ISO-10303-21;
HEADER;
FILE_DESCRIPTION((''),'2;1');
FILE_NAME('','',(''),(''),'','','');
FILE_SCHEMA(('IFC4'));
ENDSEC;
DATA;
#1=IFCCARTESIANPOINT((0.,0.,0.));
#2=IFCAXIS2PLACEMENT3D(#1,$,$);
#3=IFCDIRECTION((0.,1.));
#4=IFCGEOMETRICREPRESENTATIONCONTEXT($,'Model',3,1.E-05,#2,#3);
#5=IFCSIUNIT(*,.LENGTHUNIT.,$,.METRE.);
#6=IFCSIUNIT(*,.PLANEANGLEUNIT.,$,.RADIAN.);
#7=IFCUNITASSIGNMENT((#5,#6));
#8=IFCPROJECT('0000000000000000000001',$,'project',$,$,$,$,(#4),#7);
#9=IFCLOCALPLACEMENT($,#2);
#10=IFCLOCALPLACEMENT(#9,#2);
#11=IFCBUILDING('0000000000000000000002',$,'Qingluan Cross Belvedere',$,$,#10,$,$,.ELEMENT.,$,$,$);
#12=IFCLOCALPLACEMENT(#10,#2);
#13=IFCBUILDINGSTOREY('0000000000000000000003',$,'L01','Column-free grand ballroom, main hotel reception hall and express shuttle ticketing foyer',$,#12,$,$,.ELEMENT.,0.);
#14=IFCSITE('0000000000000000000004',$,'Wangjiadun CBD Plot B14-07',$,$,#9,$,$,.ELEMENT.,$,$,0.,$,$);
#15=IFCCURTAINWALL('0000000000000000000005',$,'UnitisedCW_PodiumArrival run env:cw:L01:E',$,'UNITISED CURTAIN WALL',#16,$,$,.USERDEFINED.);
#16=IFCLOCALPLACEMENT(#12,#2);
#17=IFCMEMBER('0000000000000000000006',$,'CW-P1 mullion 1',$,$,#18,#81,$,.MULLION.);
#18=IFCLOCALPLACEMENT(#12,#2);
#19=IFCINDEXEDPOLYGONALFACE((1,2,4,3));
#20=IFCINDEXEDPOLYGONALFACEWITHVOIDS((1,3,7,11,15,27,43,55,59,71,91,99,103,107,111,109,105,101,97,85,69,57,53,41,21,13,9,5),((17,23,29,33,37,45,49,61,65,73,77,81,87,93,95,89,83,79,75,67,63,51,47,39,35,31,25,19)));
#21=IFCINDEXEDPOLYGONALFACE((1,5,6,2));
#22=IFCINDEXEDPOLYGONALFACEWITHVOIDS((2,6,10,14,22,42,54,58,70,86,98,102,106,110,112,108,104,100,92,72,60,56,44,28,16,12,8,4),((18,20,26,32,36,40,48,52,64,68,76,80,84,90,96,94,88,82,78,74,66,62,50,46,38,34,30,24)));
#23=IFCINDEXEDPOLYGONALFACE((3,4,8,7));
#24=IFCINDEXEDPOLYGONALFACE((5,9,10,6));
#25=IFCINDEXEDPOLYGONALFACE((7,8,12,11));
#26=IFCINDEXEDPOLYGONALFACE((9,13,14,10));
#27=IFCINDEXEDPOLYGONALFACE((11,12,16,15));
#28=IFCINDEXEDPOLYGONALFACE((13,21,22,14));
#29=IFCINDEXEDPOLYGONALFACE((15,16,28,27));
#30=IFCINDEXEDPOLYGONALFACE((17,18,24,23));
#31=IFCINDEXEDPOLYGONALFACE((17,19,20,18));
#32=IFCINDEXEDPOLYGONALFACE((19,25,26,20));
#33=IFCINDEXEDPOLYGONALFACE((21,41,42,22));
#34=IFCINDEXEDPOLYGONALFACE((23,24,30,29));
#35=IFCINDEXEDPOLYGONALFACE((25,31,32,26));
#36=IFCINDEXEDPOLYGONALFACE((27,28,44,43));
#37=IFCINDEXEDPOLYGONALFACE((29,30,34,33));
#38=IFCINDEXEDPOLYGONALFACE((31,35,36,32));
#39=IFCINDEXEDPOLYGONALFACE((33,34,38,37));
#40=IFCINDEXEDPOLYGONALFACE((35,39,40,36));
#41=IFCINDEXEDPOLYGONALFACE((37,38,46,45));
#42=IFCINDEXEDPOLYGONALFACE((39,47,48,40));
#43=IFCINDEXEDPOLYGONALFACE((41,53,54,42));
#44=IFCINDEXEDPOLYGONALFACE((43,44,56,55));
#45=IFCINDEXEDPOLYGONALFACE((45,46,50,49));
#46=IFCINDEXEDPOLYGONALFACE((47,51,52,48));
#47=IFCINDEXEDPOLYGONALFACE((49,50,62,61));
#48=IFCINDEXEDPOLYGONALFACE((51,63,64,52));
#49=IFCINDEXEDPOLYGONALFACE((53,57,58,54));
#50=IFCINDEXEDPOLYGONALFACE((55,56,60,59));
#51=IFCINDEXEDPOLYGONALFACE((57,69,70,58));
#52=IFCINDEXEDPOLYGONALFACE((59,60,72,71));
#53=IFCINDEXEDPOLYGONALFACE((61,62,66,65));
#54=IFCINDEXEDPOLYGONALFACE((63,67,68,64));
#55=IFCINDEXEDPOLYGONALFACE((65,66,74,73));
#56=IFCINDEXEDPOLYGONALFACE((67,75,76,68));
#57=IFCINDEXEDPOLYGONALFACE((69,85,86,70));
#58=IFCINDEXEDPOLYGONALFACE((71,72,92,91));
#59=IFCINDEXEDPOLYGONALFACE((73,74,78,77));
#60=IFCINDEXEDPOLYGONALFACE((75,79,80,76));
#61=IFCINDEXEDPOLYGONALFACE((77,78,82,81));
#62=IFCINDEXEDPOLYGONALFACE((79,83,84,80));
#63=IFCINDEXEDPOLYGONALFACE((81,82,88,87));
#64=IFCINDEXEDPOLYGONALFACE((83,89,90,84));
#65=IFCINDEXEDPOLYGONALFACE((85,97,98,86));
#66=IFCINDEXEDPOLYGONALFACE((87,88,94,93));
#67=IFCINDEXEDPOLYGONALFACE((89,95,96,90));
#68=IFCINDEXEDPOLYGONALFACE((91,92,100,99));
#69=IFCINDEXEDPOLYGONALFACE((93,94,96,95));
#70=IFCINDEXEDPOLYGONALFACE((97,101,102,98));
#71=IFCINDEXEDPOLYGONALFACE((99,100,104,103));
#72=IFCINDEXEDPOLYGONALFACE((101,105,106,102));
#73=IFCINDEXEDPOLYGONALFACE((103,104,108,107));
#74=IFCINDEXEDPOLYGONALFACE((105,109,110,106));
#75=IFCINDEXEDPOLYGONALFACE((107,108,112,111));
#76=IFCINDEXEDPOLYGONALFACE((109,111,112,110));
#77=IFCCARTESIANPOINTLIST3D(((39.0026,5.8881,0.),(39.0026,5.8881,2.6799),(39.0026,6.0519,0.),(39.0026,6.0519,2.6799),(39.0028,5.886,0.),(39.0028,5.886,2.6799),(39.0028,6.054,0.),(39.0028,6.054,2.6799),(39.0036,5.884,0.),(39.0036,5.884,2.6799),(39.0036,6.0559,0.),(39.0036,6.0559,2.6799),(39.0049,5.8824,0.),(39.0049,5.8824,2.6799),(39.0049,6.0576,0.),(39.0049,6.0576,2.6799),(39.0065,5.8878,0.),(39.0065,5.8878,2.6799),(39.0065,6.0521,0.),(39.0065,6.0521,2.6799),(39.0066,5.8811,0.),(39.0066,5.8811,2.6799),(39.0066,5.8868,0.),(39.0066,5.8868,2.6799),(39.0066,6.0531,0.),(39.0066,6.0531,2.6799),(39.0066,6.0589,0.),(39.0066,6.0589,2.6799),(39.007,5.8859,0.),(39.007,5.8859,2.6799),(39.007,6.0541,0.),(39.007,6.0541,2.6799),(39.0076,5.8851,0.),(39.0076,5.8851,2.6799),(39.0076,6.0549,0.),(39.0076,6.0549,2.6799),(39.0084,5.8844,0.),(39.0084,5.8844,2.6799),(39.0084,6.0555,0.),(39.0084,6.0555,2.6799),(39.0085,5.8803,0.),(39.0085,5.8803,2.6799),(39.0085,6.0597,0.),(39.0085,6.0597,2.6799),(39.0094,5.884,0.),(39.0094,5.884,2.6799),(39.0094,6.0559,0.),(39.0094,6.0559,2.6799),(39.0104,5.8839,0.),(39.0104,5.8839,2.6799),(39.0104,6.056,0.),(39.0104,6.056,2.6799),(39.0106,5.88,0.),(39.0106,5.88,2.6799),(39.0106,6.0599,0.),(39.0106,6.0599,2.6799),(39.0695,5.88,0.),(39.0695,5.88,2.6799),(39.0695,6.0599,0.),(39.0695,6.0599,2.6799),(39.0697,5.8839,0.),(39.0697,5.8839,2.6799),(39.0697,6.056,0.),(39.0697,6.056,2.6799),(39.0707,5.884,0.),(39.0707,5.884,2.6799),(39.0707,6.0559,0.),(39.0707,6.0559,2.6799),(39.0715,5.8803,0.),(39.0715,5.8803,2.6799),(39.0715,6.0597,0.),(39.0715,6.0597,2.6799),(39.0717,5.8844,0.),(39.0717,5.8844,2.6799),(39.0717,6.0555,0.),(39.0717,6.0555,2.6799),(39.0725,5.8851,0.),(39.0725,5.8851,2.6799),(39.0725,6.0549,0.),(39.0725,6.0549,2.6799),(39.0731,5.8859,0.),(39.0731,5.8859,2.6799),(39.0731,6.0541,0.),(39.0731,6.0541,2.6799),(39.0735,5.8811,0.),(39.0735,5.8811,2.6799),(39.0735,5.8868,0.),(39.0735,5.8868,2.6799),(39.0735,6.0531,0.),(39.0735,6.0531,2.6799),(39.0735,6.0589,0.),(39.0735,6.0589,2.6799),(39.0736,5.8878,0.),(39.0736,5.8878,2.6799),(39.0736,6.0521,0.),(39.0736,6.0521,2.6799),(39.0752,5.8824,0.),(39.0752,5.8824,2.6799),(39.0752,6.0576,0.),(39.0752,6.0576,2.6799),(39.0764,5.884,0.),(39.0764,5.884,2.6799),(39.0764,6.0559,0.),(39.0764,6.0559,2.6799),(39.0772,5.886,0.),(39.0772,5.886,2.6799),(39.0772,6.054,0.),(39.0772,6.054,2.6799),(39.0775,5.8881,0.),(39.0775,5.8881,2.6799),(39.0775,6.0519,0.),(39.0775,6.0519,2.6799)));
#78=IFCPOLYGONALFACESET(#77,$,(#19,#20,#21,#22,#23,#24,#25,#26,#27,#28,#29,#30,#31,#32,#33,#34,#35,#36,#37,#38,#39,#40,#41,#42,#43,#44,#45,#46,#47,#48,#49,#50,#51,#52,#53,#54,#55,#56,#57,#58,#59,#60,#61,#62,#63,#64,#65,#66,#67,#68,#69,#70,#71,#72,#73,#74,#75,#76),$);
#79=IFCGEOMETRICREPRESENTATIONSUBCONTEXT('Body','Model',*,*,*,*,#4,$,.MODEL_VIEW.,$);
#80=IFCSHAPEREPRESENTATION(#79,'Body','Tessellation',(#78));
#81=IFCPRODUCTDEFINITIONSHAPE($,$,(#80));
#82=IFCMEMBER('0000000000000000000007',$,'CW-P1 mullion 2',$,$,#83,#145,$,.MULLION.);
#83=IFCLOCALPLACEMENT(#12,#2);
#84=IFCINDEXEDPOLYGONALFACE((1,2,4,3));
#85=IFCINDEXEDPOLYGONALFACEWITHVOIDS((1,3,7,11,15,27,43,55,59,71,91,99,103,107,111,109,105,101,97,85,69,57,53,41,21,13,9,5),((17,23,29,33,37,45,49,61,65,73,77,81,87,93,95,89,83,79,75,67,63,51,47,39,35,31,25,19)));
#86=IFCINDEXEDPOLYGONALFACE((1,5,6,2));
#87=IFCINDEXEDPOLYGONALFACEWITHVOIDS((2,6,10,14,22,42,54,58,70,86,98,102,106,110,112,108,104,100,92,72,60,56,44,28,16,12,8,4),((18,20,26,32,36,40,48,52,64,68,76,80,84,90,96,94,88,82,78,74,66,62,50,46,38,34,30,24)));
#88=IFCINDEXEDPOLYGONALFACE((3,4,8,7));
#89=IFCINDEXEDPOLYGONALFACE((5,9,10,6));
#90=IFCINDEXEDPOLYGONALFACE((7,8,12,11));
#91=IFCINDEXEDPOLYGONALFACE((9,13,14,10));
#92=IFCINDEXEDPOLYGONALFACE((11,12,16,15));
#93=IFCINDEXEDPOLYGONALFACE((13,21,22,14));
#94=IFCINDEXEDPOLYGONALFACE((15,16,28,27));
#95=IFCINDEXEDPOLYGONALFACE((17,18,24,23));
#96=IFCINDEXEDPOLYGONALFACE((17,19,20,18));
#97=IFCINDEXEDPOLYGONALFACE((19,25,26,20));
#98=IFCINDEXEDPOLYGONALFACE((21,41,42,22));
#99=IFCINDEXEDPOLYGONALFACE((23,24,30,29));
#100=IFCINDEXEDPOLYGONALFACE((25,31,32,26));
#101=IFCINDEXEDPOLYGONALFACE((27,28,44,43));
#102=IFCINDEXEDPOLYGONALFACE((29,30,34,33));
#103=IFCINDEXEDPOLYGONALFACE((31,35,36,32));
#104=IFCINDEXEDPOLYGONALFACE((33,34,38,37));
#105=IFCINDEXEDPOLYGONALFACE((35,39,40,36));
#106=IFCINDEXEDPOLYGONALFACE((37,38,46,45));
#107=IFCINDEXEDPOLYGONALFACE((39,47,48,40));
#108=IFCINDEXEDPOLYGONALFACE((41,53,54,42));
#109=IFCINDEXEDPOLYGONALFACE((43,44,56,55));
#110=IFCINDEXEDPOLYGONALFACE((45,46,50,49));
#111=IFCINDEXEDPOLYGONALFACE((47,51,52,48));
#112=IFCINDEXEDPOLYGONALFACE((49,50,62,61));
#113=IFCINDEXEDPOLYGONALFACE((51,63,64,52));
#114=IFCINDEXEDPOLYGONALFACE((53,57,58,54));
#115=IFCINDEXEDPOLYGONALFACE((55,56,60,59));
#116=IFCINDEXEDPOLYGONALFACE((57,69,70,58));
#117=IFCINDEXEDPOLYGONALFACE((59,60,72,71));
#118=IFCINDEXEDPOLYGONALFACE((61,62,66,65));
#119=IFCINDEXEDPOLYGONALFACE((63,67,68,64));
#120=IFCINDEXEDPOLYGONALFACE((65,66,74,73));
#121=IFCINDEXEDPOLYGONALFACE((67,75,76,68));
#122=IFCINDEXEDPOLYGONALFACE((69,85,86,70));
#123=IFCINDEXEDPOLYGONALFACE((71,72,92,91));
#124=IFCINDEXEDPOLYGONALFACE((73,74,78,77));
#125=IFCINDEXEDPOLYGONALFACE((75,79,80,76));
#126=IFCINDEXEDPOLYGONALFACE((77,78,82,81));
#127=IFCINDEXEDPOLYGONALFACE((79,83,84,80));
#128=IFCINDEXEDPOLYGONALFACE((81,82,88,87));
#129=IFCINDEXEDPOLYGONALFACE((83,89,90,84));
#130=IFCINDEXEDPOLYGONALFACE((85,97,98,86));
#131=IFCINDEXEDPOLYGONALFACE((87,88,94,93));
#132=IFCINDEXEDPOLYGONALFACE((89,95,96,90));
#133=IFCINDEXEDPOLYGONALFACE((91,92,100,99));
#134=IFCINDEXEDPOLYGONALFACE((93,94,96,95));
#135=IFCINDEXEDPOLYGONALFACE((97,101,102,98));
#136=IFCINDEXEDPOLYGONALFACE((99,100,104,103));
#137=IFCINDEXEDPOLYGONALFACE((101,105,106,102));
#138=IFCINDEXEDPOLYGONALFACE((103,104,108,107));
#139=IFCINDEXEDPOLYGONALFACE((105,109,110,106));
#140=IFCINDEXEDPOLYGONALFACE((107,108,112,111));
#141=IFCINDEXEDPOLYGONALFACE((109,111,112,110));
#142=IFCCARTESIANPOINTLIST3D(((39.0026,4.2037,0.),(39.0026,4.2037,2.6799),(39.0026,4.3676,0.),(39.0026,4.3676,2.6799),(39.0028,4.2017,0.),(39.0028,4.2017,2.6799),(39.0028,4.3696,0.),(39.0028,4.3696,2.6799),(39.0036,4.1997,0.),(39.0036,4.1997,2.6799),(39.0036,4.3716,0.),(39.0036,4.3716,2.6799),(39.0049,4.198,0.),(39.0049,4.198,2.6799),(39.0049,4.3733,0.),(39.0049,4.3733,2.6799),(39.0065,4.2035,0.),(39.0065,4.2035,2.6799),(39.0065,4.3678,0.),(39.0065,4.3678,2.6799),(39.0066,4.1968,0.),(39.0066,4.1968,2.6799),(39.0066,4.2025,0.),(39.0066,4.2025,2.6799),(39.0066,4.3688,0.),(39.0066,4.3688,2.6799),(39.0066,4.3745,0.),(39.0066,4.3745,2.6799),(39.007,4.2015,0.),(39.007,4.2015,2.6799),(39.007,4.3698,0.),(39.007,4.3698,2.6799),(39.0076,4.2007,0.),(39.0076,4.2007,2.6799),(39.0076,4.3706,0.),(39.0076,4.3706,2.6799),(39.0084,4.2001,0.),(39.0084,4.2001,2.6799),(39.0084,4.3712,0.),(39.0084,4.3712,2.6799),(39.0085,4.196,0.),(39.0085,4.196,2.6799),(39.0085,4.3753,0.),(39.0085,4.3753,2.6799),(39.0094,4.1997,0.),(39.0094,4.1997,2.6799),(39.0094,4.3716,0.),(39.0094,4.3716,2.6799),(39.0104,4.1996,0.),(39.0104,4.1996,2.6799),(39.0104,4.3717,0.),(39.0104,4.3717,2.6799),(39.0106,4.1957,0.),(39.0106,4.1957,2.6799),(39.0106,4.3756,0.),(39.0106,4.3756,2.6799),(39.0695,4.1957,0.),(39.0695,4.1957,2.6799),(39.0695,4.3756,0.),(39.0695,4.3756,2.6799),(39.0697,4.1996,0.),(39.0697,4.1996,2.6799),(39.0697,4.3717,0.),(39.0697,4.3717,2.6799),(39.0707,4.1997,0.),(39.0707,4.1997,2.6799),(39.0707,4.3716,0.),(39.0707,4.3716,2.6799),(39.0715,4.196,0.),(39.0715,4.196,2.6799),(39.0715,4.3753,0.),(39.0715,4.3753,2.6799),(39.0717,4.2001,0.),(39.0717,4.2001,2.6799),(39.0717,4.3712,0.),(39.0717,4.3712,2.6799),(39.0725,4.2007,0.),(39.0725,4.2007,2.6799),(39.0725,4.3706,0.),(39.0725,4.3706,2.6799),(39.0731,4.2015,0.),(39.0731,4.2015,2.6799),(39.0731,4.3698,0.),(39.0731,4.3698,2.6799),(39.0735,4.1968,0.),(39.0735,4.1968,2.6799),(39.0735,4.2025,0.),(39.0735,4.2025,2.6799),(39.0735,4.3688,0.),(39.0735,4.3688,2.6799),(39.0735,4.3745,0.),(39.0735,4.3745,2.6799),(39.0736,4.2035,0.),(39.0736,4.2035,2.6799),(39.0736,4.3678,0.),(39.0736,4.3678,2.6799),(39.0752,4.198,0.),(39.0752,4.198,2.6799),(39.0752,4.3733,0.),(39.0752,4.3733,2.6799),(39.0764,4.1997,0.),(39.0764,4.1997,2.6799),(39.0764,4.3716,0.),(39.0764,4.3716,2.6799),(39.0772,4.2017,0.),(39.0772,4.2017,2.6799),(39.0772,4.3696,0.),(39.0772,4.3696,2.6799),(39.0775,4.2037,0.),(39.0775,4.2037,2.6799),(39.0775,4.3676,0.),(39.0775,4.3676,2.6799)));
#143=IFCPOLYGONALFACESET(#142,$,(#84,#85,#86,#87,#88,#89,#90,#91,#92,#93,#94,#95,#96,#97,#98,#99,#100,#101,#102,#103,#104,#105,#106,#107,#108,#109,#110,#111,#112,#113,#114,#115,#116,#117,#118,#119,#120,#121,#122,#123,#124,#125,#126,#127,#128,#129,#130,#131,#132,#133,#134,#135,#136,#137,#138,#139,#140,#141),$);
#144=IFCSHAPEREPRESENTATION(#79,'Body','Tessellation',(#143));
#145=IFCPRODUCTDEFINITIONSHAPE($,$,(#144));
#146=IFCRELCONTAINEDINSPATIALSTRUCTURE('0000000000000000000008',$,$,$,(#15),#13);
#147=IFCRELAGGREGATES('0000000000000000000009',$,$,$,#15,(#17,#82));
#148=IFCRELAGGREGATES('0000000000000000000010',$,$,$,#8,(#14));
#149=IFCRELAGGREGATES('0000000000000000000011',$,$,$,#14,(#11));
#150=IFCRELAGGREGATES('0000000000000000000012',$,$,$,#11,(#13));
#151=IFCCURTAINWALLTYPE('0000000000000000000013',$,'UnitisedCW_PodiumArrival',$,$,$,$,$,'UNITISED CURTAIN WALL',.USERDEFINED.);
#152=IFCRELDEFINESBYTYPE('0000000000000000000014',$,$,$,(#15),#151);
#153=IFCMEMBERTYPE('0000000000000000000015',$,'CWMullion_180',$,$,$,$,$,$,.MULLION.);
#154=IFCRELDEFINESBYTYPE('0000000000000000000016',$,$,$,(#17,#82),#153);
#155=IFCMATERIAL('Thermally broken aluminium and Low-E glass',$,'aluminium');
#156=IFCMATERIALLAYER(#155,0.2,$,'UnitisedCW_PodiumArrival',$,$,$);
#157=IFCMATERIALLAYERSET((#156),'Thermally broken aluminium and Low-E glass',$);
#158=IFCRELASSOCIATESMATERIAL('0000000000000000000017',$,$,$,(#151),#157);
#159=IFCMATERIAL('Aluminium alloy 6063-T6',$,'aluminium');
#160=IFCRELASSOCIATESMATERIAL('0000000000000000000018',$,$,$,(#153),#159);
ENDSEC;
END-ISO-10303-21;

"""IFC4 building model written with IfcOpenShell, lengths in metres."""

from ifc_helpers import new_model, si_unit, direction, frame, origin, origin_2d, place, context, subcontext, project, spatial, hollow_rectangle, extrude, material, layer, layer_set, material_profile, profile_set, type_object, element, aggregate, save


model = new_model("IFC4")

# Units and contexts
model_context = context("Model", 3, precision=1e-05, world=origin(), true_north=direction((0.0, 1.0)))
body_context = subcontext(model_context, "Body", "Model", "MODEL_VIEW")
ifc_project = project(units=[si_unit("LENGTHUNIT", "METRE"), si_unit("PLANEANGLEUNIT", "RADIAN")], contexts=[model_context])

# Site, building, storey
site_placement = place(None, origin())
site = spatial("IfcSite", under=ifc_project, at=site_placement, Name="Wangjiadun CBD Plot B14-07", CompositionType="ELEMENT", RefElevation=0.0)
building_placement = place(site_placement, origin())
building = spatial("IfcBuilding", under=site, at=building_placement, Name="Qingluan Cross Belvedere", CompositionType="ELEMENT")
storey_placement = place(building_placement, origin())
storey = spatial("IfcBuildingStorey", under=building, at=storey_placement, Name="L01", Description="Column-free grand ballroom, main hotel reception hall and express shuttle ticketing foyer", CompositionType="ELEMENT", Elevation=0.0)

# Curtain wall, members
ifc_material_1 = material(Name="Thermally broken aluminium and Low-E glass", Category="aluminium")
ifc_layer_1 = layer(ifc_material_1, 0.2, Name="UnitisedCW_PodiumArrival")
ifc_layer_set_1 = layer_set([ifc_layer_1], Name="Thermally broken aluminium and Low-E glass")
curtain_wall_type = type_object("IfcCurtainWallType", Name="UnitisedCW_PodiumArrival", ElementType="UNITISED CURTAIN WALL", PredefinedType="USERDEFINED", material=ifc_layer_set_1)
curtain_wall_placement = place(storey_placement, origin())
curtain_wall = element("IfcCurtainWall", 1, at=curtain_wall_placement, inside=storey, type_object=curtain_wall_type, Name="UnitisedCW_PodiumArrival run env:cw:L01:E", ObjectType="UNITISED CURTAIN WALL", PredefinedType="USERDEFINED")
ifc_material_2 = material(Name="Aluminium alloy 6063-T6", Category="aluminium")
ifc_material_profile_1 = material_profile(ifc_material_2, hollow_rectangle(XDim=0.075, YDim=0.1799, WallThickness=0.0039, InnerFilletRadius=0.0039, OuterFilletRadius=0.0081, at=origin_2d()), Name="CWM180x75x4")
ifc_profile_set_1 = profile_set([ifc_material_profile_1], Name="Aluminium alloy 6063-T6")
member_type_1 = type_object("IfcMemberType", Name="CWMullion_180", PredefinedType="MULLION", material=ifc_profile_set_1)
member_1_placement = place(storey_placement, frame((39.04, 5.97, 0.0), z_axis=(0.0, 0.0, 1.0), x_axis=(1.0, 0.0, 0.0)))
member_1 = element("IfcMember", 2, at=member_1_placement, type_object=member_type_1, Name="CW-P1 mullion 1", PredefinedType="MULLION", context=body_context, shape_type="SweptSolid", body=[
    extrude(hollow_rectangle(XDim=0.075, YDim=0.1799, WallThickness=0.0039, InnerFilletRadius=0.0039, OuterFilletRadius=0.0081, at=origin_2d()), origin(), (0.0, 0.0, 1.0), 2.6799),
])
member_2_placement = place(storey_placement, frame((39.04, 4.2856, 0.0), z_axis=(0.0, 0.0, 1.0), x_axis=(1.0, 0.0, 0.0)))
member_2 = element("IfcMember", 3, at=member_2_placement, type_object=member_type_1, Name="CW-P1 mullion 2", PredefinedType="MULLION", context=body_context, shape_type="SweptSolid", body=[
    extrude(hollow_rectangle(XDim=0.075, YDim=0.1799, WallThickness=0.0039, InnerFilletRadius=0.0039, OuterFilletRadius=0.0081, at=origin_2d()), origin(), (0.0, 0.0, 1.0), 2.6799),
])
aggregate(curtain_wall, [member_1, member_2])

save(model, "model.ifc")
